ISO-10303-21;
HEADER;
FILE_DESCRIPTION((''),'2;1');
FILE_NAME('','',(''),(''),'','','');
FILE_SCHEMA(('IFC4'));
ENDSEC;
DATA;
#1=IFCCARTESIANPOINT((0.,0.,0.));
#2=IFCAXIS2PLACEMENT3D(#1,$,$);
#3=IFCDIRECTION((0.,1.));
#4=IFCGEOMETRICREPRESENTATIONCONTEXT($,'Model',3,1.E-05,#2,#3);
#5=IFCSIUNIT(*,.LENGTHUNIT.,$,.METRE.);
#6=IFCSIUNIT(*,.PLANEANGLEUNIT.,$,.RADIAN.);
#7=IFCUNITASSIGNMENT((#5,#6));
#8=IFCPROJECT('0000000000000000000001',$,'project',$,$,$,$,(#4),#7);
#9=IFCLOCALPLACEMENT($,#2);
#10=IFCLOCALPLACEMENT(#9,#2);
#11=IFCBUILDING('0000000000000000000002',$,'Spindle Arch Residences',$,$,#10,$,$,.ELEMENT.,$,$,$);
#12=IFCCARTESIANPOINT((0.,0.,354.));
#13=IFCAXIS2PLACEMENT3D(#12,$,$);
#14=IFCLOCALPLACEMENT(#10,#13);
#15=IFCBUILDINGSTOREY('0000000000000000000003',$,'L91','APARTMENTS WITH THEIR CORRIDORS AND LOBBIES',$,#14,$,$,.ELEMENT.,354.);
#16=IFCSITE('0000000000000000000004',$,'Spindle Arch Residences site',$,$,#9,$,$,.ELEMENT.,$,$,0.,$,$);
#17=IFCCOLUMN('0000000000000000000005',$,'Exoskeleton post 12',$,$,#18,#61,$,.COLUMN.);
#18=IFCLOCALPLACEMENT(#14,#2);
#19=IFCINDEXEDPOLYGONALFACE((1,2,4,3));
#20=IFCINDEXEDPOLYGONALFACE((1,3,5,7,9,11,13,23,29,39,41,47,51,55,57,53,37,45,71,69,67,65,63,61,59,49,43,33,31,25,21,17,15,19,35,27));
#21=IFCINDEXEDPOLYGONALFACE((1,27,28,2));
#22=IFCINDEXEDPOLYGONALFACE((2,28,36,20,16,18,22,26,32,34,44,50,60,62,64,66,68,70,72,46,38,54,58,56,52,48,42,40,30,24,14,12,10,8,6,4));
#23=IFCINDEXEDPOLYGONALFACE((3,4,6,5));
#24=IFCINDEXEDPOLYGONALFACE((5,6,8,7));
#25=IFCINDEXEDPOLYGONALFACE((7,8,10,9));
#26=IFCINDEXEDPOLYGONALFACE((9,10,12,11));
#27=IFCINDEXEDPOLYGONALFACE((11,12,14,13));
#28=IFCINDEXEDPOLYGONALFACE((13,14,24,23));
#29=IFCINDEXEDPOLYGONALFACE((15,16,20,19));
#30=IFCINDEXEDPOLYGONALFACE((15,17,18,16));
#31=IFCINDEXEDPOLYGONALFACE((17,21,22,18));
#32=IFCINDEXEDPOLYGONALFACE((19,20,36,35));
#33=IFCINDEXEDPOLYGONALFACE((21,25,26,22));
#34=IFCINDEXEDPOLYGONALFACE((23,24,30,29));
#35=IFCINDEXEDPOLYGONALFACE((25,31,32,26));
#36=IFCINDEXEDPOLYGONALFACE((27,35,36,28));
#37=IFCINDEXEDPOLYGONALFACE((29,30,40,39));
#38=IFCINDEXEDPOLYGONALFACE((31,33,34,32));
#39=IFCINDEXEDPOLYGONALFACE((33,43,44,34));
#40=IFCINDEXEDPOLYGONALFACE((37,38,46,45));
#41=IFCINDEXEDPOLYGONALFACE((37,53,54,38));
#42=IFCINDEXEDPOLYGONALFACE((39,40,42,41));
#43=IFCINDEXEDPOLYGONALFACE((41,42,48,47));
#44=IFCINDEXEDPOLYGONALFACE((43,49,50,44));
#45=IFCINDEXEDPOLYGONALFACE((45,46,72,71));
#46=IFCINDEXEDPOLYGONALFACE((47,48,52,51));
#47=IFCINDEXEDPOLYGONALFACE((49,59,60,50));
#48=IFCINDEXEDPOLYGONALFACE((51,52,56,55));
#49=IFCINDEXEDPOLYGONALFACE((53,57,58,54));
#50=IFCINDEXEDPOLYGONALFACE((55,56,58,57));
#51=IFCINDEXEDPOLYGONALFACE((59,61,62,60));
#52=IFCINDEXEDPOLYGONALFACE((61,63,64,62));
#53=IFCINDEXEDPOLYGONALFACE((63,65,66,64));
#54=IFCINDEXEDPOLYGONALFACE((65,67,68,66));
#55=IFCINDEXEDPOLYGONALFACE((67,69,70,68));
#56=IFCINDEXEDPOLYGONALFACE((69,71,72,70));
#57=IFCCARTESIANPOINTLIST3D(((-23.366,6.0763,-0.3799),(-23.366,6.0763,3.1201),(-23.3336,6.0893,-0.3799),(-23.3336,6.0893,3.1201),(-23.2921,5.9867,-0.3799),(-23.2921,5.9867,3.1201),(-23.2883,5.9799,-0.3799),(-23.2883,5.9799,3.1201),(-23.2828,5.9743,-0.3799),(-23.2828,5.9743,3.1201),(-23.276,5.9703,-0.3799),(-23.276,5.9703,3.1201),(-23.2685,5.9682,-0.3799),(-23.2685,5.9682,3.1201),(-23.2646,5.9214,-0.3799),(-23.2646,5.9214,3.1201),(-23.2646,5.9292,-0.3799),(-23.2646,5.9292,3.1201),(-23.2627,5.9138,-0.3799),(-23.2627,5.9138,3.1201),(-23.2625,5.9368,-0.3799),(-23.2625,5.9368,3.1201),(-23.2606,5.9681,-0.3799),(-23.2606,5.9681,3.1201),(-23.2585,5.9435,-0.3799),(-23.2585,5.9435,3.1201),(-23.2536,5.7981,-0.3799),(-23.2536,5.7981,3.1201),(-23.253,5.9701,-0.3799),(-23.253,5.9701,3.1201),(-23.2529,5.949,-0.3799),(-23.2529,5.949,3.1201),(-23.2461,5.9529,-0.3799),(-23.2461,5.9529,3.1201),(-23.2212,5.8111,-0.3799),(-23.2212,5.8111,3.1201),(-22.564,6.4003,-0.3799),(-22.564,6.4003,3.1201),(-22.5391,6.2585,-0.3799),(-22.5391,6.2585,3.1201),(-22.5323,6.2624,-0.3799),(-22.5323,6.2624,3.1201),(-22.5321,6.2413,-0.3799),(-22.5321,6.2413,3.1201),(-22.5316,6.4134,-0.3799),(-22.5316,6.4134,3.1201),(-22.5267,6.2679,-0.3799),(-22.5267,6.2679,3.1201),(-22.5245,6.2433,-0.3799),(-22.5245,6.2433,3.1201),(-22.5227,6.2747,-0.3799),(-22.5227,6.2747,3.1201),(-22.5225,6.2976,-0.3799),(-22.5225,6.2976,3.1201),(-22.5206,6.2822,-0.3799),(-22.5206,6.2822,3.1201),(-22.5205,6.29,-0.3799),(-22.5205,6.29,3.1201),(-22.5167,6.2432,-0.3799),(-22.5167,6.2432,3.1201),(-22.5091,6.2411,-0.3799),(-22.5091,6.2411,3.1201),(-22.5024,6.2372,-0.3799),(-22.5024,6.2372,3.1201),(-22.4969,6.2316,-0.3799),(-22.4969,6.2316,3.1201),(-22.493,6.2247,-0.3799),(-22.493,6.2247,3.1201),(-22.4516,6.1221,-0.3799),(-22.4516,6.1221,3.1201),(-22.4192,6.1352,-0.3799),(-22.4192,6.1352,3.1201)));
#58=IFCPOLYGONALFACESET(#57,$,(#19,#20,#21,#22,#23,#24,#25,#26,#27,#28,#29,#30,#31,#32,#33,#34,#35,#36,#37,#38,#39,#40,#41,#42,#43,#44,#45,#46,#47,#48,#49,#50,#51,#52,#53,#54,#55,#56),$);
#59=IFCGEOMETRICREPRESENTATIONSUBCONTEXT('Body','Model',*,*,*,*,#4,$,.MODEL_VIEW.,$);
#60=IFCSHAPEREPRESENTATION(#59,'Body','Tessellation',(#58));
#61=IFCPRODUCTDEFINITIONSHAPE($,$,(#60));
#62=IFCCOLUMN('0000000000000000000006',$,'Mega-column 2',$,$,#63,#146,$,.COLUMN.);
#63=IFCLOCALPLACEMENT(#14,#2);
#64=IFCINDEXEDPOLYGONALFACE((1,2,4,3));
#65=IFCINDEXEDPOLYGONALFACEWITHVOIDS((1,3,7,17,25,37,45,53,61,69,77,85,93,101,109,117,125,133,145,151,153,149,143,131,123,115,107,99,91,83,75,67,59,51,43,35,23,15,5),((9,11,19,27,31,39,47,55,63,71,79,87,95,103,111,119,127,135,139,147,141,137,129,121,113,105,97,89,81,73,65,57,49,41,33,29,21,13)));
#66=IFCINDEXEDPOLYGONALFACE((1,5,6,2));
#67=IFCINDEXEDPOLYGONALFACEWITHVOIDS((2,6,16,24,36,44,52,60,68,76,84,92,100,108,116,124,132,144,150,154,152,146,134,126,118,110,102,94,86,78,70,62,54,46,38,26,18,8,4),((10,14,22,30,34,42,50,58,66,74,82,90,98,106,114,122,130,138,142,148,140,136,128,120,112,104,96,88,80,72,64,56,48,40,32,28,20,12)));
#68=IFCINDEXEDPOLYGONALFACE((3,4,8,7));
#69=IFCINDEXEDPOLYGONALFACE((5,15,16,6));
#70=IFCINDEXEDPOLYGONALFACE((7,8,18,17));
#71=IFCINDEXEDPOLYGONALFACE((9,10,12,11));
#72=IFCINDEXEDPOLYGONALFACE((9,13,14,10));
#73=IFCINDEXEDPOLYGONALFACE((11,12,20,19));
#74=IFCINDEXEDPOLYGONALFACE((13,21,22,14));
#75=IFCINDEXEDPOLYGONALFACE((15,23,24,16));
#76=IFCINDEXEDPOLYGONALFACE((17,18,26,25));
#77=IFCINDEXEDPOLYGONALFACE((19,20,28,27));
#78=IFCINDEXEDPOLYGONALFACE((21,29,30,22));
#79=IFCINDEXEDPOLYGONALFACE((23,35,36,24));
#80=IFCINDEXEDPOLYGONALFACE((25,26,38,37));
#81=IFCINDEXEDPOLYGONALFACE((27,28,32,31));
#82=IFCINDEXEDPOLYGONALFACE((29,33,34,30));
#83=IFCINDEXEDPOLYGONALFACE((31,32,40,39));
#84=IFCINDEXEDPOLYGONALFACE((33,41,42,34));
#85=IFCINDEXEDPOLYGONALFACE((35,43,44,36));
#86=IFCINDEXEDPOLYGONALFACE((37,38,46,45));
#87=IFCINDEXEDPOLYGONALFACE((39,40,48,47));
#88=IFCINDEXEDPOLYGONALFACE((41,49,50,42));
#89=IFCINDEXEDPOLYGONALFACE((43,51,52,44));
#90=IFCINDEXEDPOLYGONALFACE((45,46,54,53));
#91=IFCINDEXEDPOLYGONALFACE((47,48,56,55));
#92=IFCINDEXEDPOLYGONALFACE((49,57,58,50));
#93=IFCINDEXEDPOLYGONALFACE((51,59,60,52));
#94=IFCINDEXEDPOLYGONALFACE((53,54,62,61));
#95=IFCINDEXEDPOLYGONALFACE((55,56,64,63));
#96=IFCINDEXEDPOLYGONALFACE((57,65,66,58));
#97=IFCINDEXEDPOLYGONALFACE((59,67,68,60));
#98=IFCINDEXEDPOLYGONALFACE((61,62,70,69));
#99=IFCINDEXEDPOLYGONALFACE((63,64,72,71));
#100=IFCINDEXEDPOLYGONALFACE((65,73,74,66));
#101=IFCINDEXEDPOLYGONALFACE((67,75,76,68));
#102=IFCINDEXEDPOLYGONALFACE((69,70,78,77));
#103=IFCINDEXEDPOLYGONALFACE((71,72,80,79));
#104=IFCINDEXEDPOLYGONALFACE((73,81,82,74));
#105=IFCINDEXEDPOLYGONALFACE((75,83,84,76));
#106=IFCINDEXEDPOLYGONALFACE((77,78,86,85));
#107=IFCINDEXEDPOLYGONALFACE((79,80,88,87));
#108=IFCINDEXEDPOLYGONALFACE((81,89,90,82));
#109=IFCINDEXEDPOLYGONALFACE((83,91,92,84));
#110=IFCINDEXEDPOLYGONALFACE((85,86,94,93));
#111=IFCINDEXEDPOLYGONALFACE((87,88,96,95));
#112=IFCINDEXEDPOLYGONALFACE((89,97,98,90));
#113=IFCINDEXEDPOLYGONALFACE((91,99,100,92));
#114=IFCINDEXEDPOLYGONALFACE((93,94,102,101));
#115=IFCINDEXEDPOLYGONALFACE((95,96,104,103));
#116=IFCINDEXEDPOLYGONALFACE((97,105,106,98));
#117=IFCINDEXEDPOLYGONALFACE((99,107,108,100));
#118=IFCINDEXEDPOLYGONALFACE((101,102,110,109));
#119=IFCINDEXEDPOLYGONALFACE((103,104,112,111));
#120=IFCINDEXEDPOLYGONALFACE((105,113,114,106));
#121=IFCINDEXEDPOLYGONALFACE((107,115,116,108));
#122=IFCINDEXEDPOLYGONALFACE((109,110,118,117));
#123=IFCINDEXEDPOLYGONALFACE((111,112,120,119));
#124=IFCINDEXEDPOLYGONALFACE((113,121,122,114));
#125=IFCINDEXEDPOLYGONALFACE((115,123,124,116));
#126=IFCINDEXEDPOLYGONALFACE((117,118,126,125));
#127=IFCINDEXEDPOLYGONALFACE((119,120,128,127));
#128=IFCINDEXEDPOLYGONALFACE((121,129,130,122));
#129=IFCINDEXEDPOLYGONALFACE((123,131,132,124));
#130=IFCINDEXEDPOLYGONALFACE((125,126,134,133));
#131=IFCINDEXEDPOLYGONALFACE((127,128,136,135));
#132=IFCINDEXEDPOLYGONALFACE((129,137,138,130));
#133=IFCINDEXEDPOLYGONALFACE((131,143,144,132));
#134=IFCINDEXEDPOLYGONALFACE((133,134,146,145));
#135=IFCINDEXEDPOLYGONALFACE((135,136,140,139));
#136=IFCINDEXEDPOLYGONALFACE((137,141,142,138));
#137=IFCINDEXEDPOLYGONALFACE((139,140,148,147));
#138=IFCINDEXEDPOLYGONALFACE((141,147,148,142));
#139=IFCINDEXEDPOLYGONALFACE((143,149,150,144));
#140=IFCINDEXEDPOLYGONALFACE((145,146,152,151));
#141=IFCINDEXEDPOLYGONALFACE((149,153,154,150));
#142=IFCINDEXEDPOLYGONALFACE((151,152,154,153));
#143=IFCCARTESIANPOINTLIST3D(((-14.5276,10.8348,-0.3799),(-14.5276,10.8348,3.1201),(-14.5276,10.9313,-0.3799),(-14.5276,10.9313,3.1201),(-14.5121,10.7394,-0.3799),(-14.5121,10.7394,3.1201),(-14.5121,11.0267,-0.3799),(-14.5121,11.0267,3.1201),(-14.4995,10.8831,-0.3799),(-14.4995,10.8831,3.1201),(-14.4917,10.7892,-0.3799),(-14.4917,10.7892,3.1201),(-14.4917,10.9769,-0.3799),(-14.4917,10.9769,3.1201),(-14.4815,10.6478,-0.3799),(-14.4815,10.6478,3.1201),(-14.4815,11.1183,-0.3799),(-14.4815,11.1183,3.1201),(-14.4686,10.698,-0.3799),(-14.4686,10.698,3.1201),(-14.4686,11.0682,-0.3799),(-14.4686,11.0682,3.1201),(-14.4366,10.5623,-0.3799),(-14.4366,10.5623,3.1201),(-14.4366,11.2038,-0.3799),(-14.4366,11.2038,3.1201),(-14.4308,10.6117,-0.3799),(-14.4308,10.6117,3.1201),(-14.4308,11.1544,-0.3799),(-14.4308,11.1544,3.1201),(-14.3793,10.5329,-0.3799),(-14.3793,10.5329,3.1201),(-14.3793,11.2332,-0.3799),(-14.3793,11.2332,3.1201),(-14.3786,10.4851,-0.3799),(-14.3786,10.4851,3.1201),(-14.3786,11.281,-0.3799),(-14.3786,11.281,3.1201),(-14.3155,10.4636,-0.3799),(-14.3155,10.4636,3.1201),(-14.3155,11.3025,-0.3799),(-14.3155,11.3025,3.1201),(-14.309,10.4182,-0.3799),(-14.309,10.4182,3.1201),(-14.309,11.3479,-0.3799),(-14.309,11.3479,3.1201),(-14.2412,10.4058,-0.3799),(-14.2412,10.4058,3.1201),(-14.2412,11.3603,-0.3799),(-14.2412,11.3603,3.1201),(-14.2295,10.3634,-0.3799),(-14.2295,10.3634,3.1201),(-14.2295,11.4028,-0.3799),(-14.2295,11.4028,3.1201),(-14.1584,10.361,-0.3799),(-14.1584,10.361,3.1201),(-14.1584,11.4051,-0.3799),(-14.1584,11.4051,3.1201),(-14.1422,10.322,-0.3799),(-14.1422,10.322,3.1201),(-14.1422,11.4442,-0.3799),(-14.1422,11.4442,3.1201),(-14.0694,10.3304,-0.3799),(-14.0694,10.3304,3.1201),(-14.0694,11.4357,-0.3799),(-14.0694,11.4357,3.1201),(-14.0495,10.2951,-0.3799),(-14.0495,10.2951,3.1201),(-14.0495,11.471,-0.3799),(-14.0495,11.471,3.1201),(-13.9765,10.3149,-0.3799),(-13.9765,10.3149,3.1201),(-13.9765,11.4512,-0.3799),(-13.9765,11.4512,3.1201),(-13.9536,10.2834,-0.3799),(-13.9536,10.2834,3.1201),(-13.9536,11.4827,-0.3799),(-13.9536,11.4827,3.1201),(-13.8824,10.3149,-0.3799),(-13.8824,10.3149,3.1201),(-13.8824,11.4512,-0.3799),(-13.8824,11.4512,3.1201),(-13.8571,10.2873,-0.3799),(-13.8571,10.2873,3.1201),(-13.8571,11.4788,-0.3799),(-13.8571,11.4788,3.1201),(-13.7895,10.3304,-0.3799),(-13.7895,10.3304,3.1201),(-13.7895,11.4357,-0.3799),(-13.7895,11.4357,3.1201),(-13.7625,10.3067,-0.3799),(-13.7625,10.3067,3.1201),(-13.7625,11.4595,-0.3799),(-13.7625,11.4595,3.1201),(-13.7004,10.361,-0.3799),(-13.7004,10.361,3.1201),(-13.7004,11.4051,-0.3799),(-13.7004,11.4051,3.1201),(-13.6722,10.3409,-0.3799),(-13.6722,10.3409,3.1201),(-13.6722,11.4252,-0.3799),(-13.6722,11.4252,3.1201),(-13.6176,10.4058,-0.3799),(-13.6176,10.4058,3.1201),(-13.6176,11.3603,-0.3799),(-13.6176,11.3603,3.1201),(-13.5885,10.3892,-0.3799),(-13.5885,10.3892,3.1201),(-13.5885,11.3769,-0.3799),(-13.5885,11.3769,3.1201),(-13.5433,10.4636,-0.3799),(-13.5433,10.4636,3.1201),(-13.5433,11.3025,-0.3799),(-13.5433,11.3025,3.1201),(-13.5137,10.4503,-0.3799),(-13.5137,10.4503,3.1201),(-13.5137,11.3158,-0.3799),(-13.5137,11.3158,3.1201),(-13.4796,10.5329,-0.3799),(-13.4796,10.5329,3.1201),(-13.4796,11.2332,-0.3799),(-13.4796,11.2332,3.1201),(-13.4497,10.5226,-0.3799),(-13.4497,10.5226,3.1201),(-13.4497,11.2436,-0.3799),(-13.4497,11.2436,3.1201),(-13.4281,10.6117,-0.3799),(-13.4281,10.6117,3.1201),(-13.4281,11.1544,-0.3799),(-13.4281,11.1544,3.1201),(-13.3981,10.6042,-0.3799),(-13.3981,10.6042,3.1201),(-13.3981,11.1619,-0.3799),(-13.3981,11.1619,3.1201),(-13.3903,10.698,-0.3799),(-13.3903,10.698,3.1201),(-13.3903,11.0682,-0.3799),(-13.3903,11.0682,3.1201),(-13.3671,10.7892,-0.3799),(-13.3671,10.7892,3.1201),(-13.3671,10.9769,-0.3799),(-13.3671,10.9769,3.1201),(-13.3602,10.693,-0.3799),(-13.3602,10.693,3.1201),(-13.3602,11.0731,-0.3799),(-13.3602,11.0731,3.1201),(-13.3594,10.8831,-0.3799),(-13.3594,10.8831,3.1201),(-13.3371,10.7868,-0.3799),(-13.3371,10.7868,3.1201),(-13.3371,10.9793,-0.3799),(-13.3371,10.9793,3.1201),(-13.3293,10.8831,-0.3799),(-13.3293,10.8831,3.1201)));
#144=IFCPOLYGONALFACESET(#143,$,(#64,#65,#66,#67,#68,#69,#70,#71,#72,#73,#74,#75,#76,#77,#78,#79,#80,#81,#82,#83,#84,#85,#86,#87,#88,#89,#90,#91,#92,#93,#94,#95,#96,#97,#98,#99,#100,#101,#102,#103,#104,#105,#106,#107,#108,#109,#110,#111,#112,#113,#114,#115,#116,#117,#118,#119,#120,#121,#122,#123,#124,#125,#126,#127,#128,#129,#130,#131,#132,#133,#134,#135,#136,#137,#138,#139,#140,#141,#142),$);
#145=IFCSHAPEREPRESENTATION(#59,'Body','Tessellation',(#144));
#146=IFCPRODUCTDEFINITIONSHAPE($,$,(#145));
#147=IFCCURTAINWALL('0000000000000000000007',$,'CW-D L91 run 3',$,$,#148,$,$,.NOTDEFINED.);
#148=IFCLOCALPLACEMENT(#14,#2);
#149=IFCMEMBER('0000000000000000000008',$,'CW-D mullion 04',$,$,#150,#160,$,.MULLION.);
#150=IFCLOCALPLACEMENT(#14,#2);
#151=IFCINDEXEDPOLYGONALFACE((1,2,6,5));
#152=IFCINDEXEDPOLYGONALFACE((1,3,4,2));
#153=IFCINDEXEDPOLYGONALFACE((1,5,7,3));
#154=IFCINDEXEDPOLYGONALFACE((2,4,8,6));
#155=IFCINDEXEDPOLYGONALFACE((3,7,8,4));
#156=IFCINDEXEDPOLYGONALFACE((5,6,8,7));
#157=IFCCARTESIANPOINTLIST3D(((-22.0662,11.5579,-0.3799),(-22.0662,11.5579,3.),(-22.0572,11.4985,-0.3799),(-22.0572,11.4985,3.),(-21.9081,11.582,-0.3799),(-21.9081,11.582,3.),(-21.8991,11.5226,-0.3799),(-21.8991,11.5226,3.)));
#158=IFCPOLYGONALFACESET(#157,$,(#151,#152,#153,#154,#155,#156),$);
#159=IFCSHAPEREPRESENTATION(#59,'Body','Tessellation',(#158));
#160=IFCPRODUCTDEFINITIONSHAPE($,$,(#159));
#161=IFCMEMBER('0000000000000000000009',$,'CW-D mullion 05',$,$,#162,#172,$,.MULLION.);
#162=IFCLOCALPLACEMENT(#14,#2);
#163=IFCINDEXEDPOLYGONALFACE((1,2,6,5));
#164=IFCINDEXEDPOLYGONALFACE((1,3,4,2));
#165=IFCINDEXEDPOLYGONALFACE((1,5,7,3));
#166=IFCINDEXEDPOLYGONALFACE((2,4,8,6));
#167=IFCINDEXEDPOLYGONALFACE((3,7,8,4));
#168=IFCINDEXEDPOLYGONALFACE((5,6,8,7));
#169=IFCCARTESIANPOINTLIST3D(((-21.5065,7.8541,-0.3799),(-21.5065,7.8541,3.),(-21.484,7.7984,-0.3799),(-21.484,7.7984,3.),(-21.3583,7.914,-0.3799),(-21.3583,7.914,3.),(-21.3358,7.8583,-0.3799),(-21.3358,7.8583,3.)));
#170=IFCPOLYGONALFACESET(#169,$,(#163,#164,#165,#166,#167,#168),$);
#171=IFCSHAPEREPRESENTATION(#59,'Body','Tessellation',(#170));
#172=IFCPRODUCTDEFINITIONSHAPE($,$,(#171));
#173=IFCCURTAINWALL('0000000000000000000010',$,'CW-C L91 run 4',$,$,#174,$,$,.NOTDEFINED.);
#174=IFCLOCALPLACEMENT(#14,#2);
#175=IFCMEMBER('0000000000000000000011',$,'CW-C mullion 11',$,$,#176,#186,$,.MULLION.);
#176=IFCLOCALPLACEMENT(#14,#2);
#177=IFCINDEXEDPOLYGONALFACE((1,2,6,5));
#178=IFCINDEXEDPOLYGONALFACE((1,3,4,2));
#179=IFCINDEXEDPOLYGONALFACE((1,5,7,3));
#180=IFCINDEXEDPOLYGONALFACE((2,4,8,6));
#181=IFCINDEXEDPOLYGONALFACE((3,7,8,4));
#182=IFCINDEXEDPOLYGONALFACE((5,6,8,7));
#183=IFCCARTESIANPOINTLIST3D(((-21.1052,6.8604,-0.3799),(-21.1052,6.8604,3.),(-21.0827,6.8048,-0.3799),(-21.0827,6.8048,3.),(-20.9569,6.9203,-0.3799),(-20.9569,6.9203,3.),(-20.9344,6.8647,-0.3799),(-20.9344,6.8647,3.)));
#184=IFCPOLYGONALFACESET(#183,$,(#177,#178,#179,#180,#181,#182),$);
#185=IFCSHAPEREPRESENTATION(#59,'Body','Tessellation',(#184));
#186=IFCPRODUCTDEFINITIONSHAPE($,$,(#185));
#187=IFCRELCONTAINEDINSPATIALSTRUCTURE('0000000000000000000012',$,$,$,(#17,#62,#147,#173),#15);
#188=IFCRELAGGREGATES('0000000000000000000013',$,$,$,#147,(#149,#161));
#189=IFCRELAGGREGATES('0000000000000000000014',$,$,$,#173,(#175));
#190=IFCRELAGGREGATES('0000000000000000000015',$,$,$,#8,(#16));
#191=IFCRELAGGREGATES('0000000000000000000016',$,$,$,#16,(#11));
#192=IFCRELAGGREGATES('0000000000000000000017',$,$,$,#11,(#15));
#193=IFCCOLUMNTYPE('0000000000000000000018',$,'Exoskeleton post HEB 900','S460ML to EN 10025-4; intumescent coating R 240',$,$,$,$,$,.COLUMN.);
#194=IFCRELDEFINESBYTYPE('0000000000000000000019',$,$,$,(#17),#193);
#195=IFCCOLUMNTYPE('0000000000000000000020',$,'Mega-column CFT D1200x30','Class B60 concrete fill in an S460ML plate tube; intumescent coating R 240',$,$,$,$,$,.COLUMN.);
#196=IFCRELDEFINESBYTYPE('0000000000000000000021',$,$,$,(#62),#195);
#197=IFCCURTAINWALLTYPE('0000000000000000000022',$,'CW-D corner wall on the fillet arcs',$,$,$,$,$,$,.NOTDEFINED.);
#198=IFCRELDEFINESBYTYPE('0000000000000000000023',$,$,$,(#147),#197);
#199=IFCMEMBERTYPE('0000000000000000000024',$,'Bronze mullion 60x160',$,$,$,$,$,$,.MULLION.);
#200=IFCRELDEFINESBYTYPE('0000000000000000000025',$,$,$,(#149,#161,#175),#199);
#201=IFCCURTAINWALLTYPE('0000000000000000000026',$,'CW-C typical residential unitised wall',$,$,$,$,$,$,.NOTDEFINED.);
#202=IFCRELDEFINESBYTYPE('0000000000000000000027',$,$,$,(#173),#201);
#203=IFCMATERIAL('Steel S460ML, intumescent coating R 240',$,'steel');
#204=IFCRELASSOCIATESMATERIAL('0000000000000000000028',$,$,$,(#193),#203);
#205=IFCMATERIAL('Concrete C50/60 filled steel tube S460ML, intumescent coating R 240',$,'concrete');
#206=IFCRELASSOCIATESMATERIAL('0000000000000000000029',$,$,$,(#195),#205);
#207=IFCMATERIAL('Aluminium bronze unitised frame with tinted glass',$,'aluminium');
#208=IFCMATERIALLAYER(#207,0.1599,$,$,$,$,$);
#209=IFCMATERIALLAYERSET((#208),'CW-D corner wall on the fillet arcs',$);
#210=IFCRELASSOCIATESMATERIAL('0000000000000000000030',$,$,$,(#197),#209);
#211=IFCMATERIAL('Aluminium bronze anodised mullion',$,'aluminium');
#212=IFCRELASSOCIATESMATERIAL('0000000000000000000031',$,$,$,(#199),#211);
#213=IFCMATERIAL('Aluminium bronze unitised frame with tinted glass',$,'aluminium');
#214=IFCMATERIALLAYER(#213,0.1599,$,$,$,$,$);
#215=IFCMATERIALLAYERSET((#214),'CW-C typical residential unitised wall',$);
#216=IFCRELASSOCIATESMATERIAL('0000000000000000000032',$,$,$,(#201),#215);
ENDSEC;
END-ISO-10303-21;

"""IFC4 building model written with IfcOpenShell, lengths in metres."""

from ifc_helpers import new_model, si_unit, direction, frame, origin, origin_2d, place, context, subcontext, project, spatial, rectangle, hollow_circle, i_section, extrude, material, layer, layer_set, material_profile, profile_set, type_object, element, aggregate, save


model = new_model("IFC4")

# Units and contexts
model_context = context("Model", 3, precision=1e-05, world=origin(), true_north=direction((0.0, 1.0)))
body_context = subcontext(model_context, "Body", "Model", "MODEL_VIEW")
ifc_project = project(units=[si_unit("LENGTHUNIT", "METRE"), si_unit("PLANEANGLEUNIT", "RADIAN")], contexts=[model_context])

# Site, building, storey
site_placement = place(None, origin())
site = spatial("IfcSite", under=ifc_project, at=site_placement, Name="Spindle Arch Residences site", CompositionType="ELEMENT", RefElevation=0.0)
building_placement = place(site_placement, origin())
building = spatial("IfcBuilding", under=site, at=building_placement, Name="Spindle Arch Residences", CompositionType="ELEMENT")
storey_placement = place(building_placement, frame((0.0, 0.0, 354.0)))
storey = spatial("IfcBuildingStorey", under=building, at=storey_placement, Name="L91", Description="APARTMENTS WITH THEIR CORRIDORS AND LOBBIES", CompositionType="ELEMENT", Elevation=354.0)

# Columns
ifc_material_1 = material(Name="Steel S460ML, intumescent coating R 240", Category="steel")
ifc_material_profile_1 = material_profile(ifc_material_1, i_section(OverallWidth=0.3, OverallDepth=0.8999, WebThickness=0.0186, FlangeThickness=0.0349, FilletRadius=0.03, at=origin_2d()), Name="HEB 900")
ifc_profile_set_1 = profile_set([ifc_material_profile_1], Name="Steel S460ML, intumescent coating R 240")
column_type_1 = type_object("IfcColumnType", Name="Exoskeleton post HEB 900", Description="S460ML to EN 10025-4; intumescent coating R 240", PredefinedType="COLUMN", material=ifc_profile_set_1)
column_1_placement = place(storey_placement, frame((-22.8926, 6.1057, -0.3799), z_axis=(0.0, 0.0, 1.0), x_axis=(-0.374607, 0.927184, 0.0)))
element("IfcColumn", 1, at=column_1_placement, inside=storey, type_object=column_type_1, Name="Exoskeleton post 12", PredefinedType="COLUMN", context=body_context, shape_type="SweptSolid", body=[
    extrude(i_section(OverallWidth=0.3, OverallDepth=0.8999, WebThickness=0.0186, FlangeThickness=0.0349, FilletRadius=0.03, at=origin_2d()), origin(), (0.0, 0.0, 1.0), 3.5),
])
ifc_material_2 = material(Name="Concrete C50/60 filled steel tube S460ML, intumescent coating R 240", Category="concrete")
ifc_material_profile_2 = material_profile(ifc_material_2, hollow_circle(Radius=0.6001, WallThickness=0.03, at=origin_2d()), Name="CFT D1200x30")
ifc_profile_set_2 = profile_set([ifc_material_profile_2], Name="Concrete C50/60 filled steel tube S460ML, intumescent coating R 240")
column_type_2 = type_object("IfcColumnType", Name="Mega-column CFT D1200x30", Description="Class B60 concrete fill in an S460ML plate tube; intumescent coating R 240", PredefinedType="COLUMN", material=ifc_profile_set_2)
column_2_placement = place(storey_placement, frame((-13.9294, 10.8831, -0.3799), z_axis=(0.0, 0.0, 1.0), x_axis=(1.0, 0.0, 0.0)))
element("IfcColumn", 2, at=column_2_placement, inside=storey, type_object=column_type_2, Name="Mega-column 2", PredefinedType="COLUMN", context=body_context, shape_type="SweptSolid", body=[
    extrude(hollow_circle(Radius=0.6001, WallThickness=0.03, at=origin_2d()), origin(), (0.0, 0.0, 1.0), 3.5),
])

# Curtain wall, members
ifc_material_3 = material(Name="Aluminium bronze unitised frame with tinted glass", Category="aluminium")
ifc_layer_1 = layer(ifc_material_3, 0.1599)
ifc_layer_set_1 = layer_set([ifc_layer_1], Name="CW-D corner wall on the fillet arcs")
curtain_wall_type_1 = type_object("IfcCurtainWallType", Name="CW-D corner wall on the fillet arcs", PredefinedType="NOTDEFINED", material=ifc_layer_set_1)
curtain_wall_1_placement = place(storey_placement, origin())
curtain_wall_1 = element("IfcCurtainWall", 3, at=curtain_wall_1_placement, inside=storey, type_object=curtain_wall_type_1, Name="CW-D L91 run 3", PredefinedType="NOTDEFINED")
ifc_material_4 = material(Name="Aluminium bronze anodised mullion", Category="aluminium")
ifc_material_profile_3 = material_profile(ifc_material_4, rectangle(XDim=0.1599, YDim=0.0601, at=origin_2d()), Name="MU 60x160")
ifc_profile_set_3 = profile_set([ifc_material_profile_3], Name="Aluminium bronze anodised mullion")
member_type_1 = type_object("IfcMemberType", Name="Bronze mullion 60x160", PredefinedType="MULLION", material=ifc_profile_set_3)
member_1_placement = place(storey_placement, frame((-21.9827, 11.5403, -0.3799), z_axis=(0.0, 0.0, 1.0), x_axis=(0.988582, 0.150686, 0.0)))
member_1 = element("IfcMember", 4, at=member_1_placement, type_object=member_type_1, Name="CW-D mullion 04", PredefinedType="MULLION", context=body_context, shape_type="SweptSolid", body=[
    extrude(rectangle(XDim=0.1599, YDim=0.0601, at=origin_2d()), origin(), (0.0, 0.0, 1.0), 3.3799),
])
member_2_placement = place(storey_placement, frame((-21.4211, 7.8562, -0.3799), z_axis=(0.0, 0.0, 1.0), x_axis=(0.927184, 0.374607, 0.0)))
member_2 = element("IfcMember", 5, at=member_2_placement, type_object=member_type_1, Name="CW-D mullion 05", PredefinedType="MULLION", context=body_context, shape_type="SweptSolid", body=[
    extrude(rectangle(XDim=0.1599, YDim=0.0601, at=origin_2d()), origin(), (0.0, 0.0, 1.0), 3.3799),
])

# Curtain wall, member
ifc_material_5 = material(Name="Aluminium bronze unitised frame with tinted glass", Category="aluminium")
ifc_layer_2 = layer(ifc_material_5, 0.1599)
ifc_layer_set_2 = layer_set([ifc_layer_2], Name="CW-C typical residential unitised wall")
curtain_wall_type_2 = type_object("IfcCurtainWallType", Name="CW-C typical residential unitised wall", PredefinedType="NOTDEFINED", material=ifc_layer_set_2)
curtain_wall_2_placement = place(storey_placement, origin())
curtain_wall_2 = element("IfcCurtainWall", 6, at=curtain_wall_2_placement, inside=storey, type_object=curtain_wall_type_2, Name="CW-C L91 run 4", PredefinedType="NOTDEFINED")
member_3_placement = place(storey_placement, frame((-21.0198, 6.8625, -0.3799), z_axis=(0.0, 0.0, 1.0), x_axis=(0.927184, 0.374607, 0.0)))
member_3 = element("IfcMember", 7, at=member_3_placement, type_object=member_type_1, Name="CW-C mullion 11", PredefinedType="MULLION", context=body_context, shape_type="SweptSolid", body=[
    extrude(rectangle(XDim=0.1599, YDim=0.0601, at=origin_2d()), origin(), (0.0, 0.0, 1.0), 3.3799),
])

aggregate(curtain_wall_1, [member_1, member_2])
aggregate(curtain_wall_2, [member_3])

save(model, "model.ifc")
